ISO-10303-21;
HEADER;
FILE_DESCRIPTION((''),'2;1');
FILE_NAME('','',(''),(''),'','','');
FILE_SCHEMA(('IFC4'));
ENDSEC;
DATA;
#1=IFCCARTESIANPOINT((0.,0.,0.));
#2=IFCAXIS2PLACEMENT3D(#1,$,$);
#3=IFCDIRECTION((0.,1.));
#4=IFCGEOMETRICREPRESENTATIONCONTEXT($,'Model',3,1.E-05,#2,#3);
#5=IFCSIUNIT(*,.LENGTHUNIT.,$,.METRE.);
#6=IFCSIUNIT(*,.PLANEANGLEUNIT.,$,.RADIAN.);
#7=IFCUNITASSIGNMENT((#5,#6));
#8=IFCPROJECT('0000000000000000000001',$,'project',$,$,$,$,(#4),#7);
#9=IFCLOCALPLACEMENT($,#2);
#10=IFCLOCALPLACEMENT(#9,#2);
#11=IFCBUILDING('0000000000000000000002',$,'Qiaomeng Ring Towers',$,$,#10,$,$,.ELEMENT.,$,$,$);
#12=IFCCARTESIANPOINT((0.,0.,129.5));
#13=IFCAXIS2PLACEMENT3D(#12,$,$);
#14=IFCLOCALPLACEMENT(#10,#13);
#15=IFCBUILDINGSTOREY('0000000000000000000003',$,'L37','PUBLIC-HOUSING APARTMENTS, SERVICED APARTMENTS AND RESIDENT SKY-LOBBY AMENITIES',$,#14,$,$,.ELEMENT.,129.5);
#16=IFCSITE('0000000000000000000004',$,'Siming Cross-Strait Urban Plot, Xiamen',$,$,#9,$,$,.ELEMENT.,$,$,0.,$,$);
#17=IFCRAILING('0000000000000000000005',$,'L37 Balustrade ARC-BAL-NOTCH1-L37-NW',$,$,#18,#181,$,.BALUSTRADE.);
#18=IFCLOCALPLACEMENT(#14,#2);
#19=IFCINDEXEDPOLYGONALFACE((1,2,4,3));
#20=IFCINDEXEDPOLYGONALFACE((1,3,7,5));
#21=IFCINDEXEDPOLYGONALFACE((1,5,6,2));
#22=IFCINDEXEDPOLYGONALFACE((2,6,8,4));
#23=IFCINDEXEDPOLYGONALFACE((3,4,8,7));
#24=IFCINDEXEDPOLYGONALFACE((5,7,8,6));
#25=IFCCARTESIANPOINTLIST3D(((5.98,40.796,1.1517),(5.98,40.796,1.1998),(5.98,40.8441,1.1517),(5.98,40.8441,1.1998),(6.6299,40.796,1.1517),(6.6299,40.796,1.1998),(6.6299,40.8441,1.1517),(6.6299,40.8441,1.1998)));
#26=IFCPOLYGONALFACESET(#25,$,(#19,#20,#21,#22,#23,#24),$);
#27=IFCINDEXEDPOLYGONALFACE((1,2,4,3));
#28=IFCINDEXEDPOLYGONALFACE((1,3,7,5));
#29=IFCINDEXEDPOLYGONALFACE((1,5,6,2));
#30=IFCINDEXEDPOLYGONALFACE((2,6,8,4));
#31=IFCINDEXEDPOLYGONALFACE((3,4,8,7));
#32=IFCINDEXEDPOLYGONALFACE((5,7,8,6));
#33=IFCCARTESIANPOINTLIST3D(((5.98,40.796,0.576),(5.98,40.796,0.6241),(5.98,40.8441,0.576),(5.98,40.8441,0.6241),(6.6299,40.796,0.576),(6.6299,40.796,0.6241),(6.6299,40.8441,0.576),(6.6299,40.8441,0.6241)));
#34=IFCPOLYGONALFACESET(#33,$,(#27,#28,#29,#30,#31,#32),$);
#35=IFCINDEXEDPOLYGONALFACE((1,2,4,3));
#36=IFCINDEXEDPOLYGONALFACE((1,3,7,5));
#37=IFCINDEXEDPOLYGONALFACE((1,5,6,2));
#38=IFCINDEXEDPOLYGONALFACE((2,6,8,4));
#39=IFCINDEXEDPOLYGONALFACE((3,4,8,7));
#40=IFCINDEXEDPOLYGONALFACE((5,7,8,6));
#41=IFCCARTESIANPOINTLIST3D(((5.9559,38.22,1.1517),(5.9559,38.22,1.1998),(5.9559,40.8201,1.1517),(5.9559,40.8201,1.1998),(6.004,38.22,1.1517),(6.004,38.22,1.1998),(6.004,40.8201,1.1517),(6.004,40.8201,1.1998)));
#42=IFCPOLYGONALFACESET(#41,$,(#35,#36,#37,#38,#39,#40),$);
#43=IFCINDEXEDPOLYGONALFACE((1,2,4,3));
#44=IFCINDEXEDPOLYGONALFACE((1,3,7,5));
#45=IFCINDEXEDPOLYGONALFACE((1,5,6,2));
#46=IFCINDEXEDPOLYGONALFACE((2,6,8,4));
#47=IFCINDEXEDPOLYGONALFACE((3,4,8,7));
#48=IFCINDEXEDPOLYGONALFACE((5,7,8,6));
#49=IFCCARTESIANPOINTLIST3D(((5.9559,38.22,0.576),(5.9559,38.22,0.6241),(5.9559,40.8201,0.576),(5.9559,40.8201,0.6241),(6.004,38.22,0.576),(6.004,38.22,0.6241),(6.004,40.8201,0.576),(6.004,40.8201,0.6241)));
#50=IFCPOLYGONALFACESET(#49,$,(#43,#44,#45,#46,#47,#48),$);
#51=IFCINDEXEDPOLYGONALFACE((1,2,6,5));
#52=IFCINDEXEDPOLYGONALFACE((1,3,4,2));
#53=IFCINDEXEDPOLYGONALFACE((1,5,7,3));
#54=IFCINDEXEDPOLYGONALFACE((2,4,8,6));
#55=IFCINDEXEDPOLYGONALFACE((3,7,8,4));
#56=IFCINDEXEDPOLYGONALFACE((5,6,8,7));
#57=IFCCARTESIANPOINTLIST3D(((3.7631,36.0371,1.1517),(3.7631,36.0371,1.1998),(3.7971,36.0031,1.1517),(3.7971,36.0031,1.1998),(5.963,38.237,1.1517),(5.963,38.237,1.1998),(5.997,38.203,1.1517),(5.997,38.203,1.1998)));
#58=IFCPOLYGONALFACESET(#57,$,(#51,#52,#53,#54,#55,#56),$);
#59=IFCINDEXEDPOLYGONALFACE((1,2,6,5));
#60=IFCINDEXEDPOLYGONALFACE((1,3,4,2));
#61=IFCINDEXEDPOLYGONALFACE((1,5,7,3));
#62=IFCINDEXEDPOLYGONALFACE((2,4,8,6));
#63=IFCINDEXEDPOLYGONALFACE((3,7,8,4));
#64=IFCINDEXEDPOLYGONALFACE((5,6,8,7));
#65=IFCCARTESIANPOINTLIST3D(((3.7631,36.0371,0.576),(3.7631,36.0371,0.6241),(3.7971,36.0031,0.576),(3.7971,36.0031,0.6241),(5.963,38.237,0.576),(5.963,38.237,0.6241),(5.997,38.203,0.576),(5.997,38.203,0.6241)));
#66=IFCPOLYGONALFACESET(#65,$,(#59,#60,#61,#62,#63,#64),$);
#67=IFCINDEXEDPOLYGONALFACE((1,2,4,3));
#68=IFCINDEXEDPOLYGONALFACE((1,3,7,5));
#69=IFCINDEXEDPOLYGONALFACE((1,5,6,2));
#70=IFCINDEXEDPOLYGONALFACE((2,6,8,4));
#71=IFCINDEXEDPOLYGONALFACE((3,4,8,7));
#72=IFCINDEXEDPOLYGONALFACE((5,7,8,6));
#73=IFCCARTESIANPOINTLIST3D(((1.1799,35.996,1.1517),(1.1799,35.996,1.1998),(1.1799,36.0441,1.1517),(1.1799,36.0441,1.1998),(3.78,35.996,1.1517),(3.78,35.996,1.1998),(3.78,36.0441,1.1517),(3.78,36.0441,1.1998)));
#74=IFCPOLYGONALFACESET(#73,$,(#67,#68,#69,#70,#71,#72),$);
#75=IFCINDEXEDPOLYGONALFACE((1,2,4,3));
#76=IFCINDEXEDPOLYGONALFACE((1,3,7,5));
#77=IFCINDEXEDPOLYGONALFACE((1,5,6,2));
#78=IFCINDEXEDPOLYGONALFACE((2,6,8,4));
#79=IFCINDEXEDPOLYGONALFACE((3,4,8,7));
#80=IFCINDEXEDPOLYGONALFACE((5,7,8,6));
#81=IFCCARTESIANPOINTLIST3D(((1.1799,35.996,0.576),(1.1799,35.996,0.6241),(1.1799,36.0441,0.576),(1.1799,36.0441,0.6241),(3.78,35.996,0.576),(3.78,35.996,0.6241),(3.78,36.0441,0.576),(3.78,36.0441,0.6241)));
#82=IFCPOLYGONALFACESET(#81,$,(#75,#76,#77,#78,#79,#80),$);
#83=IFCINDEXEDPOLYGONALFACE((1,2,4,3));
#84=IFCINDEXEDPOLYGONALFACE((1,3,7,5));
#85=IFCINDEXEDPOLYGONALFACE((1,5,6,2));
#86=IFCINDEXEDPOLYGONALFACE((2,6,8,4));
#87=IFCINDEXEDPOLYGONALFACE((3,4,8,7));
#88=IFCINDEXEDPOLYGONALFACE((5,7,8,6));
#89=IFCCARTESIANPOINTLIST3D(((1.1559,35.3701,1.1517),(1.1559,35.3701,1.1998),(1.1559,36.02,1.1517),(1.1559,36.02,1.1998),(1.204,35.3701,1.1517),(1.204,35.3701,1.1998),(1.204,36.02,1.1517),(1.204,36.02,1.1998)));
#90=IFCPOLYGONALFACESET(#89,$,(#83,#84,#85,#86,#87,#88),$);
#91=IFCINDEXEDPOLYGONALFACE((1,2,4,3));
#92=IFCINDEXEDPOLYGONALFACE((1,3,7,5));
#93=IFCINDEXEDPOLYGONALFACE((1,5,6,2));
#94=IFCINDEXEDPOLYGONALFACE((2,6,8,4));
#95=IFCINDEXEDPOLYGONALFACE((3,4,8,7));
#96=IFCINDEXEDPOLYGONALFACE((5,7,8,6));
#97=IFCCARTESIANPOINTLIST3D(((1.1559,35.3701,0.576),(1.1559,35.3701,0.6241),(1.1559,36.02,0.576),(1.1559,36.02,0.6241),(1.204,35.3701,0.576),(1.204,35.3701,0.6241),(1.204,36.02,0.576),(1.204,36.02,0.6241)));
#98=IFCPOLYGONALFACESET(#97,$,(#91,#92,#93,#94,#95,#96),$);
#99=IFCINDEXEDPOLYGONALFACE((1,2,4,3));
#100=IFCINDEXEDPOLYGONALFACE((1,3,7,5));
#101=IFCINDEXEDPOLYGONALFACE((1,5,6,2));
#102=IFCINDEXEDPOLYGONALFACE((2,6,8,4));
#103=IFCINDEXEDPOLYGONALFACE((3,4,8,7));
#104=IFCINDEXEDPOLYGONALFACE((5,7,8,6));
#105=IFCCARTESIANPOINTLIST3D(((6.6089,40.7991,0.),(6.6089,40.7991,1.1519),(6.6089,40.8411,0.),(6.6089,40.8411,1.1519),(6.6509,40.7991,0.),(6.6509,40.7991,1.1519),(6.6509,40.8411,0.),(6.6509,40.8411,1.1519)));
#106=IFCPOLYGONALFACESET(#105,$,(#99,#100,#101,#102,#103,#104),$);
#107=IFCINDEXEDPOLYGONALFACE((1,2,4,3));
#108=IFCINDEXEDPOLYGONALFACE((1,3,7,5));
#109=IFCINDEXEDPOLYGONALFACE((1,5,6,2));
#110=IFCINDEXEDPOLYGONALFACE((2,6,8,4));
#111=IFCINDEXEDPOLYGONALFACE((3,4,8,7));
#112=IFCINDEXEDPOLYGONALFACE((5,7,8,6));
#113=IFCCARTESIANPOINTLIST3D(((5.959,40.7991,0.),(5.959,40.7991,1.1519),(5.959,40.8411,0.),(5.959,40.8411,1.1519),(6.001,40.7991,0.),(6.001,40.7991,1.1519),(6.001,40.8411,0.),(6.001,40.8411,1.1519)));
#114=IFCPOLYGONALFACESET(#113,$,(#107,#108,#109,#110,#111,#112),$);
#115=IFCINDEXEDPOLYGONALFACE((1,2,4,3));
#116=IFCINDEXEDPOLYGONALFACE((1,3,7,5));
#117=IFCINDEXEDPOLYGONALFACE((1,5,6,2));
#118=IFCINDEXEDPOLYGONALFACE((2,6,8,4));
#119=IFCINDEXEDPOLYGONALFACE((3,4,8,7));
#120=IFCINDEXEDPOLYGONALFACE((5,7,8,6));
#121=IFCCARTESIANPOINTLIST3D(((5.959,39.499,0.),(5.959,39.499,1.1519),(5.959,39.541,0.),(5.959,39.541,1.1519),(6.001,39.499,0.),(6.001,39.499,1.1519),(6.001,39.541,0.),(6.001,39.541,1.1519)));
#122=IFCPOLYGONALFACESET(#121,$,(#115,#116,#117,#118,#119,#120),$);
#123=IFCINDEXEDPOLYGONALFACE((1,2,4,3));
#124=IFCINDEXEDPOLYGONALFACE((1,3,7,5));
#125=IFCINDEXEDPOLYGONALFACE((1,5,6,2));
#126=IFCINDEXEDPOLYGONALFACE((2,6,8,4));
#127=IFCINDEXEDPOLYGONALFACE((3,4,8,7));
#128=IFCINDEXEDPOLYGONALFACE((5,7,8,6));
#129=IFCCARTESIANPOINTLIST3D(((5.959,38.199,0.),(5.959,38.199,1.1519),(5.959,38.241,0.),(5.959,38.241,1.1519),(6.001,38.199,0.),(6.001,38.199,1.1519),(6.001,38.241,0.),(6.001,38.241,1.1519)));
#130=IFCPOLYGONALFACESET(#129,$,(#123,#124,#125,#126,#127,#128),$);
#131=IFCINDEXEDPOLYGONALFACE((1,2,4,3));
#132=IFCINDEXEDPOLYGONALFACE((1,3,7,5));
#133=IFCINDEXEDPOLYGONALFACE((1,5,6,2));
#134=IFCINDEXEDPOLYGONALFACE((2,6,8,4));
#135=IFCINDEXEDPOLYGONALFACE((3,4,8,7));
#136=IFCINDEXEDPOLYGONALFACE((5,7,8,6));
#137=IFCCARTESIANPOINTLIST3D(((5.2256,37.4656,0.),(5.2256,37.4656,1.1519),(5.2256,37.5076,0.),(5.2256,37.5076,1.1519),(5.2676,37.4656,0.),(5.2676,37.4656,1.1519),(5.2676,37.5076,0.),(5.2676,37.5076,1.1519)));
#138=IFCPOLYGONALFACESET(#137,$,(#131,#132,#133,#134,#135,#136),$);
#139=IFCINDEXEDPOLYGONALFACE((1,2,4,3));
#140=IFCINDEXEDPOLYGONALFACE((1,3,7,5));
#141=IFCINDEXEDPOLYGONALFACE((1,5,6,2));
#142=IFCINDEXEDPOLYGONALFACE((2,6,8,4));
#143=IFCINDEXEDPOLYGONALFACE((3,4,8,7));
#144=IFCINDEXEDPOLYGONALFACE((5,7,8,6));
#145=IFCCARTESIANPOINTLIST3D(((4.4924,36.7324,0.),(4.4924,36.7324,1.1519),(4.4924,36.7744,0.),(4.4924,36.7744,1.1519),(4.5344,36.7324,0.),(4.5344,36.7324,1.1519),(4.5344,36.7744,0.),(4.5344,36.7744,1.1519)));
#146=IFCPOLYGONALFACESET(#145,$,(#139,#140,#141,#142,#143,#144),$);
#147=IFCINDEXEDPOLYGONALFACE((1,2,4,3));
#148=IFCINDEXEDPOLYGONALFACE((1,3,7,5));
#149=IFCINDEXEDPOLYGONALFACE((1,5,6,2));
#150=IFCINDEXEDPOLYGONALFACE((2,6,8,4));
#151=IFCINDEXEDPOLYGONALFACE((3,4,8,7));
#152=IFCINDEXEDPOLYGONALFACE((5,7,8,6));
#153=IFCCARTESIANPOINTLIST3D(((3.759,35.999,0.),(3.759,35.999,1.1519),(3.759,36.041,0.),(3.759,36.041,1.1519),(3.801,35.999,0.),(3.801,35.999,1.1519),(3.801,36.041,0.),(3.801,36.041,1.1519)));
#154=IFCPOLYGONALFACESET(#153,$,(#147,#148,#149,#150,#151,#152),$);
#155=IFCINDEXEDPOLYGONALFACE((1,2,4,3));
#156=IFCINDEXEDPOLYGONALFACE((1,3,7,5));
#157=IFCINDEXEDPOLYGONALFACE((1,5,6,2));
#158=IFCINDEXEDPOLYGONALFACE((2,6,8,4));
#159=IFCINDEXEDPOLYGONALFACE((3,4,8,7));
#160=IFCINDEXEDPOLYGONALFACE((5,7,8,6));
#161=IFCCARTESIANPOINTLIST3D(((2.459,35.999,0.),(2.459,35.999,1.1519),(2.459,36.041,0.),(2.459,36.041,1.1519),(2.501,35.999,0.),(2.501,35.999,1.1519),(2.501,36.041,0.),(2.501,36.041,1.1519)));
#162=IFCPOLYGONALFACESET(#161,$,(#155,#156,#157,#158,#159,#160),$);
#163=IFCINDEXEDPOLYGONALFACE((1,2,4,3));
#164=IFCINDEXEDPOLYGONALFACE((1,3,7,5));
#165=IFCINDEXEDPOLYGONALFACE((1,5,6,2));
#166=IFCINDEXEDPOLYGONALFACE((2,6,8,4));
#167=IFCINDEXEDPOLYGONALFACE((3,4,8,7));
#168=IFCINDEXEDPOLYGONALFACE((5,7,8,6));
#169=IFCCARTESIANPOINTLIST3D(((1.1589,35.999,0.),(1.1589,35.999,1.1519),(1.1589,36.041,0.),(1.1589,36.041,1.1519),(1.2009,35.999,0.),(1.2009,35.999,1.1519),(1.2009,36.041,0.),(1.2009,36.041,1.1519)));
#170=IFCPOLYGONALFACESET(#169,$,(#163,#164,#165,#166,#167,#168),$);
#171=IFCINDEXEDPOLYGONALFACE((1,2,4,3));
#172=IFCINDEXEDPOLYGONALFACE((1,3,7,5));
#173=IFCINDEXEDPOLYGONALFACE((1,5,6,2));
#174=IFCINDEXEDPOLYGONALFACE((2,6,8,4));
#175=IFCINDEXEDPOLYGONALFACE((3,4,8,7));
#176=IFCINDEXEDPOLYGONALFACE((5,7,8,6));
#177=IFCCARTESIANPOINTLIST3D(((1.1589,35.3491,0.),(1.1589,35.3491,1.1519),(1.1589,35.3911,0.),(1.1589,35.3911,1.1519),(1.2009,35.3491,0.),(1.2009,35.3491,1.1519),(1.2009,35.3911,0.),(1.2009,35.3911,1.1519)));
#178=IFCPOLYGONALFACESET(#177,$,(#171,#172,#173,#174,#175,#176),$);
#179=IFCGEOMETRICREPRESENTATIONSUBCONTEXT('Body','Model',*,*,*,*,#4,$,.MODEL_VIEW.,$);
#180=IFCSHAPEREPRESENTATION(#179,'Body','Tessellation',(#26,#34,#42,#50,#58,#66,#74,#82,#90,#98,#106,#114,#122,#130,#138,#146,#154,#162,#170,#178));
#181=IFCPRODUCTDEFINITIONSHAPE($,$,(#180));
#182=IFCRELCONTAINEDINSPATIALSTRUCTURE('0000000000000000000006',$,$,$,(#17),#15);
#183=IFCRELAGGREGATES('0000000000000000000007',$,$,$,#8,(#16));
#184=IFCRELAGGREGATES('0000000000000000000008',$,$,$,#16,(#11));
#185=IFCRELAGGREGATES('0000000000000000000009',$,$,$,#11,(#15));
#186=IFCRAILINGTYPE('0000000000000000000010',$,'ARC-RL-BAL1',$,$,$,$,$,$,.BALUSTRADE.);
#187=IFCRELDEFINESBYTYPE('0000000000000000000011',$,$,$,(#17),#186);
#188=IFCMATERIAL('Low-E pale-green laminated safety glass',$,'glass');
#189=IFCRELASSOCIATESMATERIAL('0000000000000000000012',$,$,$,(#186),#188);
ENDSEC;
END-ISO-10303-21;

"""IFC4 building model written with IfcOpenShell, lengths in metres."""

from ifc_helpers import new_model, si_unit, direction, frame, origin, origin_2d, place, context, subcontext, project, spatial, rectangle, extrude, material, type_object, element, save


model = new_model("IFC4")

# Units and contexts
model_context = context("Model", 3, precision=1e-05, world=origin(), true_north=direction((0.0, 1.0)))
body_context = subcontext(model_context, "Body", "Model", "MODEL_VIEW")
ifc_project = project(units=[si_unit("LENGTHUNIT", "METRE"), si_unit("PLANEANGLEUNIT", "RADIAN")], contexts=[model_context])

# Site, building, storey
site_placement = place(None, origin())
site = spatial("IfcSite", under=ifc_project, at=site_placement, Name="Siming Cross-Strait Urban Plot, Xiamen", CompositionType="ELEMENT", RefElevation=0.0)
building_placement = place(site_placement, origin())
building = spatial("IfcBuilding", under=site, at=building_placement, Name="Qiaomeng Ring Towers", CompositionType="ELEMENT")
storey_placement = place(building_placement, frame((0.0, 0.0, 129.5)))
storey = spatial("IfcBuildingStorey", under=building, at=storey_placement, Name="L37", Description="PUBLIC-HOUSING APARTMENTS, SERVICED APARTMENTS AND RESIDENT SKY-LOBBY AMENITIES", CompositionType="ELEMENT", Elevation=129.5)

# Railing
ifc_material_1 = material(Name="Low-E pale-green laminated safety glass", Category="glass")
railing_type = type_object("IfcRailingType", Name="ARC-RL-BAL1", PredefinedType="BALUSTRADE", material=ifc_material_1)
railing_placement = place(storey_placement, frame((6.6299, 40.8201, 0.0)))
element("IfcRailing", 1, at=railing_placement, inside=storey, type_object=railing_type, Name="L37 Balustrade ARC-BAL-NOTCH1-L37-NW", PredefinedType="BALUSTRADE", context=body_context, shape_type="SweptSolid", body=[
    extrude(rectangle(XDim=0.0481, YDim=0.0481, at=origin_2d()), frame((0.0, 0.0, 1.1758), z_axis=(-1.0, 0.0, 0.0), x_axis=(0.0, -1.0, 0.0)), (0.0, 0.0, 1.0), 0.6499),
    extrude(rectangle(XDim=0.0481, YDim=0.0481, at=origin_2d()), frame((0.0, 0.0, 0.6001), z_axis=(-1.0, 0.0, 0.0), x_axis=(0.0, -1.0, 0.0)), (0.0, 0.0, 1.0), 0.6499),
    extrude(rectangle(XDim=0.0481, YDim=0.0481, at=origin_2d()), frame((-0.6499, 0.0, 1.1758), z_axis=(0.0, -1.0, 0.0), x_axis=(1.0, 0.0, 0.0)), (0.0, 0.0, 1.0), 2.6001),
    extrude(rectangle(XDim=0.0481, YDim=0.0481, at=origin_2d()), frame((-0.6499, 0.0, 0.6001), z_axis=(0.0, -1.0, 0.0), x_axis=(1.0, 0.0, 0.0)), (0.0, 0.0, 1.0), 2.6001),
    extrude(rectangle(XDim=0.0481, YDim=0.0481, at=origin_2d()), frame((-0.6499, -2.6001, 1.1758), z_axis=(-0.707107, -0.707107, 0.0), x_axis=(0.707107, -0.707107, 0.0)), (0.0, 0.0, 1.0), 3.1111),
    extrude(rectangle(XDim=0.0481, YDim=0.0481, at=origin_2d()), frame((-0.6499, -2.6001, 0.6001), z_axis=(-0.707107, -0.707107, 0.0), x_axis=(0.707107, -0.707107, 0.0)), (0.0, 0.0, 1.0), 3.1111),
    extrude(rectangle(XDim=0.0481, YDim=0.0481, at=origin_2d()), frame((-2.8499, -4.8, 1.1758), z_axis=(-1.0, 0.0, 0.0), x_axis=(0.0, -1.0, 0.0)), (0.0, 0.0, 1.0), 2.6001),
    extrude(rectangle(XDim=0.0481, YDim=0.0481, at=origin_2d()), frame((-2.8499, -4.8, 0.6001), z_axis=(-1.0, 0.0, 0.0), x_axis=(0.0, -1.0, 0.0)), (0.0, 0.0, 1.0), 2.6001),
    extrude(rectangle(XDim=0.0481, YDim=0.0481, at=origin_2d()), frame((-5.45, -4.8, 1.1758), z_axis=(0.0, -1.0, 0.0), x_axis=(1.0, 0.0, 0.0)), (0.0, 0.0, 1.0), 0.6499),
    extrude(rectangle(XDim=0.0481, YDim=0.0481, at=origin_2d()), frame((-5.45, -4.8, 0.6001), z_axis=(0.0, -1.0, 0.0), x_axis=(1.0, 0.0, 0.0)), (0.0, 0.0, 1.0), 0.6499),
    extrude(rectangle(XDim=0.042, YDim=0.042, at=origin_2d()), origin(), (0.0, 0.0, 1.0), 1.1519),
    extrude(rectangle(XDim=0.042, YDim=0.042, at=origin_2d()), frame((-0.6499, 0.0, 0.0)), (0.0, 0.0, 1.0), 1.1519),
    extrude(rectangle(XDim=0.042, YDim=0.042, at=origin_2d()), frame((-0.6499, -1.3, 0.0)), (0.0, 0.0, 1.0), 1.1519),
    extrude(rectangle(XDim=0.042, YDim=0.042, at=origin_2d()), frame((-0.6499, -2.6001, 0.0)), (0.0, 0.0, 1.0), 1.1519),
    extrude(rectangle(XDim=0.042, YDim=0.042, at=origin_2d()), frame((-1.3833, -3.3335, 0.0)), (0.0, 0.0, 1.0), 1.1519),
    extrude(rectangle(XDim=0.042, YDim=0.042, at=origin_2d()), frame((-2.1165, -4.0667, 0.0)), (0.0, 0.0, 1.0), 1.1519),
    extrude(rectangle(XDim=0.042, YDim=0.042, at=origin_2d()), frame((-2.8499, -4.8, 0.0)), (0.0, 0.0, 1.0), 1.1519),
    extrude(rectangle(XDim=0.042, YDim=0.042, at=origin_2d()), frame((-4.1499, -4.8, 0.0)), (0.0, 0.0, 1.0), 1.1519),
    extrude(rectangle(XDim=0.042, YDim=0.042, at=origin_2d()), frame((-5.45, -4.8, 0.0)), (0.0, 0.0, 1.0), 1.1519),
    extrude(rectangle(XDim=0.042, YDim=0.042, at=origin_2d()), frame((-5.45, -5.45, 0.0)), (0.0, 0.0, 1.0), 1.1519),
])

save(model, "model.ifc")
